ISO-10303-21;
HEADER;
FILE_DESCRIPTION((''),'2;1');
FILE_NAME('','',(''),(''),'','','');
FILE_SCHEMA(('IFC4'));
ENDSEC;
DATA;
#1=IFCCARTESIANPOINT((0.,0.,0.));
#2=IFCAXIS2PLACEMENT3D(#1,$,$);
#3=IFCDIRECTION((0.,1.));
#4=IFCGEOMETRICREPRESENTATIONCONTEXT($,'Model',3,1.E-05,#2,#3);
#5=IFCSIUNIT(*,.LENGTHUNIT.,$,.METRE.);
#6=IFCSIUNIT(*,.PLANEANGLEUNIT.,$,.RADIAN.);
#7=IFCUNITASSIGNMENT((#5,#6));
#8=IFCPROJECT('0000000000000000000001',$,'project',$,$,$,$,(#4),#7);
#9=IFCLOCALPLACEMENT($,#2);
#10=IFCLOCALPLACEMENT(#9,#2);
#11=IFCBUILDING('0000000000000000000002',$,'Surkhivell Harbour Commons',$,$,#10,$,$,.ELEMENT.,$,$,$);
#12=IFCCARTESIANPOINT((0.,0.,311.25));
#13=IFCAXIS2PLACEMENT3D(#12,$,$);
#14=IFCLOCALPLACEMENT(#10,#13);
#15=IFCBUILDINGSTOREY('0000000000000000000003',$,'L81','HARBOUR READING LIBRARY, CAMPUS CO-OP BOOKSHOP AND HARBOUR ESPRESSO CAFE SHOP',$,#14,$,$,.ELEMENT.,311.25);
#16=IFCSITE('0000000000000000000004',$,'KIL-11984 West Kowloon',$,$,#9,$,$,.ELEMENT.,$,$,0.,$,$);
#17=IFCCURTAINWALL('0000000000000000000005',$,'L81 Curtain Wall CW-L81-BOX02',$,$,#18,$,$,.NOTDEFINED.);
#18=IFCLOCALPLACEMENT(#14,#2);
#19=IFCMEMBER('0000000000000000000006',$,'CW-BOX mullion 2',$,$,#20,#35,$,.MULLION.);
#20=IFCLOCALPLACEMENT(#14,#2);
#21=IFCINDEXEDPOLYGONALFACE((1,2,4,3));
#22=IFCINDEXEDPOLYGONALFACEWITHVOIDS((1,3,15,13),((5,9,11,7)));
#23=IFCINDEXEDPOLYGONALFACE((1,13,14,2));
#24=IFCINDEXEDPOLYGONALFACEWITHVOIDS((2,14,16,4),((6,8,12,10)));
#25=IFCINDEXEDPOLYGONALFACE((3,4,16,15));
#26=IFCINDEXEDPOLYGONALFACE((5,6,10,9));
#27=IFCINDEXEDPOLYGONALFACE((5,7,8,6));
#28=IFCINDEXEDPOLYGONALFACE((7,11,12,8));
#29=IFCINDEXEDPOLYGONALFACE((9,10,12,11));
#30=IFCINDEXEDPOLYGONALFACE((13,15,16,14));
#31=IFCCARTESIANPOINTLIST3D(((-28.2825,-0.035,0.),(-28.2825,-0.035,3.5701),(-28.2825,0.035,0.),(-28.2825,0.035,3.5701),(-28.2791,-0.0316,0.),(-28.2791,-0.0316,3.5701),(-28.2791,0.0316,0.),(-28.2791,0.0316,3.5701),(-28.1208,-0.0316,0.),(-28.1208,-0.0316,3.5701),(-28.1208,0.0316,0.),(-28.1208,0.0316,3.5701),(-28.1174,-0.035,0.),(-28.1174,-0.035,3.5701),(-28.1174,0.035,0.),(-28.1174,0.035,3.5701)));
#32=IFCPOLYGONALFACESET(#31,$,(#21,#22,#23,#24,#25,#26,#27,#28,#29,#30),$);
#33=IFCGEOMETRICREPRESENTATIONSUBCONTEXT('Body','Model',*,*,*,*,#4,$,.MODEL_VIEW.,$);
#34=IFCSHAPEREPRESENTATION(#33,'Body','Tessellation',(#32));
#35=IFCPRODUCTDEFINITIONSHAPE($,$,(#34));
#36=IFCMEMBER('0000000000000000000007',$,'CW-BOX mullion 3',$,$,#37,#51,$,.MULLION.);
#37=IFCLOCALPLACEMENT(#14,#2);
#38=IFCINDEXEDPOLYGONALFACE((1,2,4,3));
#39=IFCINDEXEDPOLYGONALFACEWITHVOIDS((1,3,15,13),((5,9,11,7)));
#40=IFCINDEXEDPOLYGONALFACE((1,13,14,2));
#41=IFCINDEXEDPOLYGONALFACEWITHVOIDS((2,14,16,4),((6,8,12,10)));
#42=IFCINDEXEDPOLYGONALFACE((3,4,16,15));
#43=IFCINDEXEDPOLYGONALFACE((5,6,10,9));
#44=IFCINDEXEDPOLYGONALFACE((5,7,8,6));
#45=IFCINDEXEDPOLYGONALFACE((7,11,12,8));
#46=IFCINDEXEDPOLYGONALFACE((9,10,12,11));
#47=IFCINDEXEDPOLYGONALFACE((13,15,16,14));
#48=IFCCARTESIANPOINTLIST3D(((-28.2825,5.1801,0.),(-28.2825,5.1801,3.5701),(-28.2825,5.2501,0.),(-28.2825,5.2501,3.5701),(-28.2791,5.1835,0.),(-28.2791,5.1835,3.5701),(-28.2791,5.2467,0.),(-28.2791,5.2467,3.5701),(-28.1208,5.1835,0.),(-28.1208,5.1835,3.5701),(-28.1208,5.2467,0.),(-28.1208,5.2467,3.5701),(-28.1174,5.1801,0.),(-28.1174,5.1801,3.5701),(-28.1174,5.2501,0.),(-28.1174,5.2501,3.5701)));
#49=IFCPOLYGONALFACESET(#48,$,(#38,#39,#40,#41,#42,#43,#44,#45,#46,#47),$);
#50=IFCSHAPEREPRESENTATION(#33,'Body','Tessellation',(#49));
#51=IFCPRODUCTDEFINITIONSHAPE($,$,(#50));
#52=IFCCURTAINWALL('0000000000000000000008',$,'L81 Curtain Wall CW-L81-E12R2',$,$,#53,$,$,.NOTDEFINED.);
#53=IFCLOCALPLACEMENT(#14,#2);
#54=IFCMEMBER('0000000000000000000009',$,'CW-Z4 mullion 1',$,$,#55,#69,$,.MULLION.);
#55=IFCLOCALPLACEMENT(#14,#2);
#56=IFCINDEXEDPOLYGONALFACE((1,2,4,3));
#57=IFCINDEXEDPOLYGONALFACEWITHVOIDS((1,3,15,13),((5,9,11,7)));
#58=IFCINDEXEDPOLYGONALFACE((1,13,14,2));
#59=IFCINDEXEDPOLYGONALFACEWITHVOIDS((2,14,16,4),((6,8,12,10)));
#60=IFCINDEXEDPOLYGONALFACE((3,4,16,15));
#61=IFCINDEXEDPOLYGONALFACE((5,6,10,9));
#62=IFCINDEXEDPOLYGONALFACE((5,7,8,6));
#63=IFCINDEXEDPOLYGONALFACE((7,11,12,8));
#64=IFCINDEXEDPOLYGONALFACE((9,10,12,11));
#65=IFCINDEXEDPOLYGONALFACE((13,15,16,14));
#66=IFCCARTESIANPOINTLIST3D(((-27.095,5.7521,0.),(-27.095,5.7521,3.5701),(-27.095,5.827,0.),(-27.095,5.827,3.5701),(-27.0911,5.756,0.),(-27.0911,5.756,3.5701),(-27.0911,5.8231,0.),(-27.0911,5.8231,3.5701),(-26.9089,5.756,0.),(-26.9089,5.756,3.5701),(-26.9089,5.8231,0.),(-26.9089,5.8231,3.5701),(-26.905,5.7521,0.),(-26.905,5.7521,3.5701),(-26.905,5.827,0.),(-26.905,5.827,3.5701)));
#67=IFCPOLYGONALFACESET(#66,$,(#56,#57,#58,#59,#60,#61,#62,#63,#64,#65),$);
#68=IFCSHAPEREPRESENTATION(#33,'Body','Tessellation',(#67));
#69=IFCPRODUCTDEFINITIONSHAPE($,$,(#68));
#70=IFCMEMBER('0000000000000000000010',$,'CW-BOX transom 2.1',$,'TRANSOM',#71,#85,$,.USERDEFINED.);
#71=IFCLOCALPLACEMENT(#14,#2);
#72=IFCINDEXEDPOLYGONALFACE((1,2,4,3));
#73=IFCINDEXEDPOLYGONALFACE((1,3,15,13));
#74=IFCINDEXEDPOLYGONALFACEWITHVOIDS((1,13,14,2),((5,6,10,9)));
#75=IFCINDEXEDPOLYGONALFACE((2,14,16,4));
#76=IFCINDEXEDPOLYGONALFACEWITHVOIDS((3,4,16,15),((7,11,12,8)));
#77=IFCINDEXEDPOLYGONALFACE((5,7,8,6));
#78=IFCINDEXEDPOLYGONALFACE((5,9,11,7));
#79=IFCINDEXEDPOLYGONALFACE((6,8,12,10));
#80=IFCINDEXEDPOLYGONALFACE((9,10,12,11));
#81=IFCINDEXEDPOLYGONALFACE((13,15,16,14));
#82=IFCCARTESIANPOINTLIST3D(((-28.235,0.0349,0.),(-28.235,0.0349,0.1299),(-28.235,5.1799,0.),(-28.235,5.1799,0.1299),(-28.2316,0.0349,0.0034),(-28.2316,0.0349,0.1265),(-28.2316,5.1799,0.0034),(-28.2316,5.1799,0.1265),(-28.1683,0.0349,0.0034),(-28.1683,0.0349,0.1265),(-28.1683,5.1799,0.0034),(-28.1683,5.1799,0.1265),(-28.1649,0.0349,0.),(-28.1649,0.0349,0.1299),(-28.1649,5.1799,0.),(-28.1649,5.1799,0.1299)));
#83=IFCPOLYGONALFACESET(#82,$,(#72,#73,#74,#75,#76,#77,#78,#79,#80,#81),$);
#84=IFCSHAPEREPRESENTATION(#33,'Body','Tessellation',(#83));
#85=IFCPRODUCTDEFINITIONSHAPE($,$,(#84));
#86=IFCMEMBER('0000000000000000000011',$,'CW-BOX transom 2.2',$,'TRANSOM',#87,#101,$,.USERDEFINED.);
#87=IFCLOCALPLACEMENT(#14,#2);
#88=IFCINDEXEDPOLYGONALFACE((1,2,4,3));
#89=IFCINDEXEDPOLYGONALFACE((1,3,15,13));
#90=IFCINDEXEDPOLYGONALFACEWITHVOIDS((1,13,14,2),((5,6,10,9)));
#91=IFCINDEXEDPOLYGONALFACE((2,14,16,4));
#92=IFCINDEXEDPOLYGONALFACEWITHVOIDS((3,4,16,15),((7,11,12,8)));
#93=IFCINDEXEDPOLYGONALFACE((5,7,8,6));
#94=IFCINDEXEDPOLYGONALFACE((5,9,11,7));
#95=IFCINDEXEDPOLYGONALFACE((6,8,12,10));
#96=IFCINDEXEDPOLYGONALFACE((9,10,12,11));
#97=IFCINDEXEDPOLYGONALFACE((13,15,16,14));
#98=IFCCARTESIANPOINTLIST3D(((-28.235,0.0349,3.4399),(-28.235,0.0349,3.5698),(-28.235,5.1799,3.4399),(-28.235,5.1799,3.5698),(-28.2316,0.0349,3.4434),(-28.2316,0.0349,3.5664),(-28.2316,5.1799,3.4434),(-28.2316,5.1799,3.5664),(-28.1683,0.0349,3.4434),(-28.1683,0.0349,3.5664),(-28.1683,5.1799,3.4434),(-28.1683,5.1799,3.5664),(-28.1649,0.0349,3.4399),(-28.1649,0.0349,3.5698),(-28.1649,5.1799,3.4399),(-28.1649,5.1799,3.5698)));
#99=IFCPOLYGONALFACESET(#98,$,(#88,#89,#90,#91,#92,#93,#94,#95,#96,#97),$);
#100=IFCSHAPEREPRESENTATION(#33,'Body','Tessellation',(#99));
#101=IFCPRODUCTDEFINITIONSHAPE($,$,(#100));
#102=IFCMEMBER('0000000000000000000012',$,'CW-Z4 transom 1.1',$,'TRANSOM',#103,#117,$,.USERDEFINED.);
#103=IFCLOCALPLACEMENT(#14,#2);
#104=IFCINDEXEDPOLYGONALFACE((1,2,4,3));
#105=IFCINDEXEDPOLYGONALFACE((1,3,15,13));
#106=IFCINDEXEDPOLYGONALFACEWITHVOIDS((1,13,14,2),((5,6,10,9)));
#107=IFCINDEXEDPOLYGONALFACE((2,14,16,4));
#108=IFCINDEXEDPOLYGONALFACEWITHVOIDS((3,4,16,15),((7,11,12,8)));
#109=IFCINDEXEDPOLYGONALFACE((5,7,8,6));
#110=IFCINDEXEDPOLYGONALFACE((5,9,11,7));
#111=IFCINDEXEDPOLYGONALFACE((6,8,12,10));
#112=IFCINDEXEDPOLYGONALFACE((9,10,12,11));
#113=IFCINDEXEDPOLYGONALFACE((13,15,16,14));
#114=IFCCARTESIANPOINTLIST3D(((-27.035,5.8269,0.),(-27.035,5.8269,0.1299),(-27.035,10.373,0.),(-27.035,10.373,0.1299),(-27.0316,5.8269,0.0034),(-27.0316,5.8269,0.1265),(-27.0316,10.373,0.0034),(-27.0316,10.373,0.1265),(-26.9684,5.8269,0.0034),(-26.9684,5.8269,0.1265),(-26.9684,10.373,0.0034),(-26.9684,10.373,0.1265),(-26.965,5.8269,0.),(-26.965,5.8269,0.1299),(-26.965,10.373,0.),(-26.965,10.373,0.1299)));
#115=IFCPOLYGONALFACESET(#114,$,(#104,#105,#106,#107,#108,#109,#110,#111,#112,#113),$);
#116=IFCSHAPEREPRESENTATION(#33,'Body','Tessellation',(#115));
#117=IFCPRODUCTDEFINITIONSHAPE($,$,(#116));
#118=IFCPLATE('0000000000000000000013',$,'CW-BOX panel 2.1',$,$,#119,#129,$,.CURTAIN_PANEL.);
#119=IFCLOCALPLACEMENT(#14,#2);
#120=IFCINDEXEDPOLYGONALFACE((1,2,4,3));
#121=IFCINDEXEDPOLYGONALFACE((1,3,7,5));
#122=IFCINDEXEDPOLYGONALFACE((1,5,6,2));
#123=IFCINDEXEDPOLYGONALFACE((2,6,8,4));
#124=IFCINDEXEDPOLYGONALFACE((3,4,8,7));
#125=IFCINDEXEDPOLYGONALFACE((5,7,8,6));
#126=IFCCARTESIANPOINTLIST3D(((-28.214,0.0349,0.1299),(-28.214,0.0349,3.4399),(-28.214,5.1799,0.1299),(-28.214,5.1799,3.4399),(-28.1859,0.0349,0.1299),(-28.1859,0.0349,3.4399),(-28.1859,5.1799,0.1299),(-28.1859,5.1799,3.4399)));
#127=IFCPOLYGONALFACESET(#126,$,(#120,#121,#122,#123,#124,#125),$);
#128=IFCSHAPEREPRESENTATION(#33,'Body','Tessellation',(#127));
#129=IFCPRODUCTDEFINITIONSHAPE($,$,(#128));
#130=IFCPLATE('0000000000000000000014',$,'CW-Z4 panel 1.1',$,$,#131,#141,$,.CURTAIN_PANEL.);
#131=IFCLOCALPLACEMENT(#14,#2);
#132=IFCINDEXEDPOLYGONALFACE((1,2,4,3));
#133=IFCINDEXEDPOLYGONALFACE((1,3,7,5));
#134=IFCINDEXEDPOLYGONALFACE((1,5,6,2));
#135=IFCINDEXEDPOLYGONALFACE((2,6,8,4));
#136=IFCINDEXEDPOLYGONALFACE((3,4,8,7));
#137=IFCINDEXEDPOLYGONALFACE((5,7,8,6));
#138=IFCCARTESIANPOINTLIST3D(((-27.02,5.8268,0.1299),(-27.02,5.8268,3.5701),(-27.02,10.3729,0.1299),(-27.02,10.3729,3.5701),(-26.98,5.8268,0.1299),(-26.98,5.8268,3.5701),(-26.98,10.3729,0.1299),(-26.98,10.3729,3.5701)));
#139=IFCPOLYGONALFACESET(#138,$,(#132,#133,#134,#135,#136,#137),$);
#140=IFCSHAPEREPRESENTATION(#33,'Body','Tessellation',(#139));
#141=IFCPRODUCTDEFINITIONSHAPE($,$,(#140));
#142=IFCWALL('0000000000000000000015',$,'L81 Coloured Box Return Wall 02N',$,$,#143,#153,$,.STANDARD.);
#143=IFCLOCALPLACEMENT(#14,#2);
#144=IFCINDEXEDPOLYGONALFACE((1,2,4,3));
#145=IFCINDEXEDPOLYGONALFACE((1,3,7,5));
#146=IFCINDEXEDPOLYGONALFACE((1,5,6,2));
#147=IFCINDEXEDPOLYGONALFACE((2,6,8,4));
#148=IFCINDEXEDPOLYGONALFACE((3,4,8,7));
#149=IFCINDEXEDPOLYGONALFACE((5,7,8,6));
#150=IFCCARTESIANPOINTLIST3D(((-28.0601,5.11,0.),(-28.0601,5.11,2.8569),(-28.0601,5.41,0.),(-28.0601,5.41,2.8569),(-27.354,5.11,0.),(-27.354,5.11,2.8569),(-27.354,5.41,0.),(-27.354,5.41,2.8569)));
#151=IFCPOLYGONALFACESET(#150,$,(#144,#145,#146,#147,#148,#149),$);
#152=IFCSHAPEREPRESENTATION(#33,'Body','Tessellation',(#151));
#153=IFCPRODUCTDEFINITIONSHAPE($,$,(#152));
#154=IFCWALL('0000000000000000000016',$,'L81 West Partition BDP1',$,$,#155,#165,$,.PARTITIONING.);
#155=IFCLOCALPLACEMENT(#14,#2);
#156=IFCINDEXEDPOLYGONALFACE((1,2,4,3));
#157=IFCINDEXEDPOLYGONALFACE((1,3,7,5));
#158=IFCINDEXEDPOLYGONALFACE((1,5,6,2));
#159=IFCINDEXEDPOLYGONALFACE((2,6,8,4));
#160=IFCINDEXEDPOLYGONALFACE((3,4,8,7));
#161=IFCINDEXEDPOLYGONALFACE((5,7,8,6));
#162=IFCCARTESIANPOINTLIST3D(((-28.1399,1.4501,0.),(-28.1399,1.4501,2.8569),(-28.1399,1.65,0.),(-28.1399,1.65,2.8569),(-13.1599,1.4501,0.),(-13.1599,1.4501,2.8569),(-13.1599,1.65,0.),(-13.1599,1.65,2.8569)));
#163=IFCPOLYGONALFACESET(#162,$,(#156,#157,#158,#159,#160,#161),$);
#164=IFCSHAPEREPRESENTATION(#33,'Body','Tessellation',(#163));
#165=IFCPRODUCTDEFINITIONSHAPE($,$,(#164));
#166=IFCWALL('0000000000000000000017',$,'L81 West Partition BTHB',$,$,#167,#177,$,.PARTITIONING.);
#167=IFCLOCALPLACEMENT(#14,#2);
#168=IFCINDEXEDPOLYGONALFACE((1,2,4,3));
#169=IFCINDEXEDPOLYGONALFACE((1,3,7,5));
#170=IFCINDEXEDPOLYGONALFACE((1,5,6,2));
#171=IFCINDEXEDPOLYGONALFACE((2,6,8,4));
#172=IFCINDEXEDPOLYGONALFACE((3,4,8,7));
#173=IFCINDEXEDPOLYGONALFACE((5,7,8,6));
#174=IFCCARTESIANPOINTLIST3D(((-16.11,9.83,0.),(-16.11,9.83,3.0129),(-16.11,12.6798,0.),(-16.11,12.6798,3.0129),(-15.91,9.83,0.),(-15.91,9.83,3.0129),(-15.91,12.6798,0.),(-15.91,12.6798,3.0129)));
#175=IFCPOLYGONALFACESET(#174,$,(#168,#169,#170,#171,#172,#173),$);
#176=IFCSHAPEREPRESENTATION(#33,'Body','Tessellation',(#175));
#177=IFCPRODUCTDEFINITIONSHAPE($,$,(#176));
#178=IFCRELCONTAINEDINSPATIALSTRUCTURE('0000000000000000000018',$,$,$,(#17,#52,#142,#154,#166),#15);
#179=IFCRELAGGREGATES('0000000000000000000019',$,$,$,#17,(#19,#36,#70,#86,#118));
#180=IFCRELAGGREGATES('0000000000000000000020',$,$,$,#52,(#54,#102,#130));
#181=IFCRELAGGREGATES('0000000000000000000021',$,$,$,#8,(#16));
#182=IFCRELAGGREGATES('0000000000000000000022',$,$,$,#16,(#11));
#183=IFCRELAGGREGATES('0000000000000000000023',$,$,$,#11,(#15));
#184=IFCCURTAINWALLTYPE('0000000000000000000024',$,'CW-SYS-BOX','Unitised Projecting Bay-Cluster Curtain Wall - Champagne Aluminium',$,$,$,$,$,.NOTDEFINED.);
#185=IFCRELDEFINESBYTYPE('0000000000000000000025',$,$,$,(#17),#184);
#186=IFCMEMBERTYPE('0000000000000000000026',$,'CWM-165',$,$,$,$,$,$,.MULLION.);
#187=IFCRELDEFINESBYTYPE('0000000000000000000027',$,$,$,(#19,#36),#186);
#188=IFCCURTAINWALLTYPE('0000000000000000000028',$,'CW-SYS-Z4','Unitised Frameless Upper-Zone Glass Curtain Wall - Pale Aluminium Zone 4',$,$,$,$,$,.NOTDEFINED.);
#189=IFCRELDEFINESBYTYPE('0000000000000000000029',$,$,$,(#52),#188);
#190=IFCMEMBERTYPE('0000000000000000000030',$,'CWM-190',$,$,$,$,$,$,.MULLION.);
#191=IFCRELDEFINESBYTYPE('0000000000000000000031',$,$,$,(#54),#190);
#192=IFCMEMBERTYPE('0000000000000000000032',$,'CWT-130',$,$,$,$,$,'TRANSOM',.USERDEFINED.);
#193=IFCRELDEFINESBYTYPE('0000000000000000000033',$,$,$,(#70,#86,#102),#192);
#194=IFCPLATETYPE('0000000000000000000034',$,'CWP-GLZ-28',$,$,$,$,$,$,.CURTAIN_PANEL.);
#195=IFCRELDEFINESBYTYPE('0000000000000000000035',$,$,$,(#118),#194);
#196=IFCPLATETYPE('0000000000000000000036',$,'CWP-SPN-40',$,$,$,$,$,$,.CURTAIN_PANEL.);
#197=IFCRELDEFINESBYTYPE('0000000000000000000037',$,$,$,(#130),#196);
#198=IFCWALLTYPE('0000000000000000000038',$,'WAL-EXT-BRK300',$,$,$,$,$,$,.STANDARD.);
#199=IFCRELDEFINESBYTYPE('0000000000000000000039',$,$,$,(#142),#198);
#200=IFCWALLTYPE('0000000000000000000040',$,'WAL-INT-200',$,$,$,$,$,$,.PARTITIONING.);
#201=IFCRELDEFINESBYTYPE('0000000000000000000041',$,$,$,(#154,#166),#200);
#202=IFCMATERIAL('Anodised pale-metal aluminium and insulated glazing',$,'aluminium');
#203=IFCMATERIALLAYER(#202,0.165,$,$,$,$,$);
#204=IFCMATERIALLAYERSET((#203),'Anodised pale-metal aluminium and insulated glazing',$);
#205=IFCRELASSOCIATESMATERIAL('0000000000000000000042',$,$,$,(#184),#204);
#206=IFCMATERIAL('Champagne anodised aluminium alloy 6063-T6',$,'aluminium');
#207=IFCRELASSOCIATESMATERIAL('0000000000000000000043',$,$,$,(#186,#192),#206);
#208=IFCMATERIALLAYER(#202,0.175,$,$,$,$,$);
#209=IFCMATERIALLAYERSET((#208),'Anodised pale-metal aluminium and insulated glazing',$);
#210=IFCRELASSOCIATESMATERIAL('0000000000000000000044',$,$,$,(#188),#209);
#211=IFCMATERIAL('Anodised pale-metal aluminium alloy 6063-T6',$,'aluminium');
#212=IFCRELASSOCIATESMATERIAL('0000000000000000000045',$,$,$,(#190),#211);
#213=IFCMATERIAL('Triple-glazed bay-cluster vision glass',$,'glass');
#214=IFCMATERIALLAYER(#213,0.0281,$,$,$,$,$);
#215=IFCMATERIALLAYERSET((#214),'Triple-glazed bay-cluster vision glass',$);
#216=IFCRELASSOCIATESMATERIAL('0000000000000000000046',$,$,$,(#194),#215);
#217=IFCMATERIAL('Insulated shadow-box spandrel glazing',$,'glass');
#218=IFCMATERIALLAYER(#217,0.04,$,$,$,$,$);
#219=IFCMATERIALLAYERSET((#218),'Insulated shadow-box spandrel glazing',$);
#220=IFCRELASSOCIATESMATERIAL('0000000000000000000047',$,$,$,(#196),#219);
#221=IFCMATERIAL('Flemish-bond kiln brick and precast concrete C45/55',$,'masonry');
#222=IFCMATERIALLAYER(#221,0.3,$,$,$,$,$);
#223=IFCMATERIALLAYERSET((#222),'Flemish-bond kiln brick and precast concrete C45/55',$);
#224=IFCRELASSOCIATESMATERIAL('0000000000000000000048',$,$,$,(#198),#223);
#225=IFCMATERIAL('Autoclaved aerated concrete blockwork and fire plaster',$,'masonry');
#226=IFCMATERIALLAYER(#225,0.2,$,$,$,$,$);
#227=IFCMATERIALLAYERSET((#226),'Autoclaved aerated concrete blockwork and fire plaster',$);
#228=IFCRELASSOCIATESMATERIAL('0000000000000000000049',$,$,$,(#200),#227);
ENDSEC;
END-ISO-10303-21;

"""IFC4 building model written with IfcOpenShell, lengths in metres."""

from ifc_helpers import new_model, si_unit, direction, frame, frame_2d, origin, origin_2d, place, context, subcontext, project, spatial, rectangle, hollow_rectangle, extrude, material, layer, layer_set, material_profile, profile_set, type_object, element, aggregate, save


model = new_model("IFC4")

# Units and contexts
model_context = context("Model", 3, precision=1e-05, world=origin(), true_north=direction((0.0, 1.0)))
body_context = subcontext(model_context, "Body", "Model", "MODEL_VIEW")
ifc_project = project(units=[si_unit("LENGTHUNIT", "METRE"), si_unit("PLANEANGLEUNIT", "RADIAN")], contexts=[model_context])

# Site, building, storey
site_placement = place(None, origin())
site = spatial("IfcSite", under=ifc_project, at=site_placement, Name="KIL-11984 West Kowloon", CompositionType="ELEMENT", RefElevation=0.0)
building_placement = place(site_placement, origin())
building = spatial("IfcBuilding", under=site, at=building_placement, Name="Surkhivell Harbour Commons", CompositionType="ELEMENT")
storey_placement = place(building_placement, frame((0.0, 0.0, 311.25)))
storey = spatial("IfcBuildingStorey", under=building, at=storey_placement, Name="L81", Description="HARBOUR READING LIBRARY, CAMPUS CO-OP BOOKSHOP AND HARBOUR ESPRESSO CAFE SHOP", CompositionType="ELEMENT", Elevation=311.25)

# Curtain wall, members
ifc_material_1 = material(Name="Anodised pale-metal aluminium and insulated glazing", Category="aluminium")
ifc_layer_1 = layer(ifc_material_1, 0.165)
ifc_layer_set_1 = layer_set([ifc_layer_1], Name="Anodised pale-metal aluminium and insulated glazing")
curtain_wall_type_1 = type_object("IfcCurtainWallType", Name="CW-SYS-BOX", Description="Unitised Projecting Bay-Cluster Curtain Wall - Champagne Aluminium", PredefinedType="NOTDEFINED", material=ifc_layer_set_1)
curtain_wall_1_placement = place(storey_placement, origin())
curtain_wall_1 = element("IfcCurtainWall", 1, at=curtain_wall_1_placement, inside=storey, type_object=curtain_wall_type_1, Name="L81 Curtain Wall CW-L81-BOX02", PredefinedType="NOTDEFINED")
ifc_material_2 = material(Name="Champagne anodised aluminium alloy 6063-T6", Category="aluminium")
ifc_material_profile_1 = material_profile(ifc_material_2, hollow_rectangle(XDim=0.0701, YDim=0.165, WallThickness=0.0034, at=origin_2d()), Name="ALU-MULL-70x165")
ifc_profile_set_1 = profile_set([ifc_material_profile_1], Name="Champagne anodised aluminium alloy 6063-T6")
member_type_1 = type_object("IfcMemberType", Name="CWM-165", PredefinedType="MULLION", material=ifc_profile_set_1)
member_1_placement = place(storey_placement, frame((-28.2, 0.0, 0.0), z_axis=(0.0, 0.0, 1.0), x_axis=(0.0, 1.0, 0.0)))
member_1 = element("IfcMember", 2, at=member_1_placement, type_object=member_type_1, Name="CW-BOX mullion 2", PredefinedType="MULLION", context=body_context, shape_type="SweptSolid", body=[
    extrude(hollow_rectangle(XDim=0.0701, YDim=0.165, WallThickness=0.0034, at=origin_2d()), origin(), (0.0, 0.0, 1.0), 3.5701),
])
member_2_placement = place(storey_placement, frame((-28.2, 5.2151, 0.0), z_axis=(0.0, 0.0, 1.0), x_axis=(0.0, 1.0, 0.0)))
member_2 = element("IfcMember", 3, at=member_2_placement, type_object=member_type_1, Name="CW-BOX mullion 3", PredefinedType="MULLION", context=body_context, shape_type="SweptSolid", body=[
    extrude(hollow_rectangle(XDim=0.0701, YDim=0.165, WallThickness=0.0034, at=origin_2d()), origin(), (0.0, 0.0, 1.0), 3.5701),
])

# Curtain wall, member
ifc_layer_2 = layer(ifc_material_1, 0.175)
ifc_layer_set_2 = layer_set([ifc_layer_2], Name="Anodised pale-metal aluminium and insulated glazing")
curtain_wall_type_2 = type_object("IfcCurtainWallType", Name="CW-SYS-Z4", Description="Unitised Frameless Upper-Zone Glass Curtain Wall - Pale Aluminium Zone 4", PredefinedType="NOTDEFINED", material=ifc_layer_set_2)
curtain_wall_2_placement = place(storey_placement, origin())
curtain_wall_2 = element("IfcCurtainWall", 4, at=curtain_wall_2_placement, inside=storey, type_object=curtain_wall_type_2, Name="L81 Curtain Wall CW-L81-E12R2", PredefinedType="NOTDEFINED")
ifc_material_3 = material(Name="Anodised pale-metal aluminium alloy 6063-T6", Category="aluminium")
ifc_material_profile_2 = material_profile(ifc_material_3, hollow_rectangle(XDim=0.075, YDim=0.1899, WallThickness=0.0039, at=origin_2d()), Name="ALU-MULL-75x190")
ifc_profile_set_2 = profile_set([ifc_material_profile_2], Name="Anodised pale-metal aluminium alloy 6063-T6")
member_type_2 = type_object("IfcMemberType", Name="CWM-190", PredefinedType="MULLION", material=ifc_profile_set_2)
member_3_placement = place(storey_placement, frame((-27.0, 5.7896, 0.0), z_axis=(0.0, 0.0, 1.0), x_axis=(0.0, 1.0, 0.0)))
member_3 = element("IfcMember", 5, at=member_3_placement, type_object=member_type_2, Name="CW-Z4 mullion 1", PredefinedType="MULLION", context=body_context, shape_type="SweptSolid", body=[
    extrude(hollow_rectangle(XDim=0.075, YDim=0.1899, WallThickness=0.0039, at=origin_2d()), origin(), (0.0, 0.0, 1.0), 3.5701),
])

# Members
ifc_material_profile_3 = material_profile(ifc_material_2, hollow_rectangle(XDim=0.0701, YDim=0.1299, WallThickness=0.0034, at=origin_2d()), Name="ALU-TRAN-70x130")
ifc_profile_set_3 = profile_set([ifc_material_profile_3], Name="Champagne anodised aluminium alloy 6063-T6")
member_type_3 = type_object("IfcMemberType", Name="CWT-130", ElementType="TRANSOM", PredefinedType="USERDEFINED", material=ifc_profile_set_3)
member_4_placement = place(storey_placement, frame((-28.2, 0.0349, 0.0649), z_axis=(0.0, 1.0, 0.0), x_axis=(-1.0, 0.0, 0.0)))
member_4 = element("IfcMember", 6, at=member_4_placement, type_object=member_type_3, Name="CW-BOX transom 2.1", ObjectType="TRANSOM", PredefinedType="USERDEFINED", context=body_context, shape_type="SweptSolid", body=[
    extrude(hollow_rectangle(XDim=0.0701, YDim=0.1299, WallThickness=0.0034, at=origin_2d()), origin(), (0.0, 0.0, 1.0), 5.145),
])
member_5_placement = place(storey_placement, frame((-28.2, 0.0349, 3.5049), z_axis=(0.0, 1.0, 0.0), x_axis=(-1.0, 0.0, 0.0)))
member_5 = element("IfcMember", 7, at=member_5_placement, type_object=member_type_3, Name="CW-BOX transom 2.2", ObjectType="TRANSOM", PredefinedType="USERDEFINED", context=body_context, shape_type="SweptSolid", body=[
    extrude(hollow_rectangle(XDim=0.0701, YDim=0.1299, WallThickness=0.0034, at=origin_2d()), origin(), (0.0, 0.0, 1.0), 5.145),
])
member_6_placement = place(storey_placement, frame((-27.0, 5.8269, 0.0649), z_axis=(0.0, 1.0, 0.0), x_axis=(-1.0, 0.0, 0.0)))
member_6 = element("IfcMember", 8, at=member_6_placement, type_object=member_type_3, Name="CW-Z4 transom 1.1", ObjectType="TRANSOM", PredefinedType="USERDEFINED", context=body_context, shape_type="SweptSolid", body=[
    extrude(hollow_rectangle(XDim=0.0701, YDim=0.1299, WallThickness=0.0034, at=origin_2d()), origin(), (0.0, 0.0, 1.0), 4.5461),
])

# Plates
ifc_material_4 = material(Name="Triple-glazed bay-cluster vision glass", Category="glass")
ifc_layer_3 = layer(ifc_material_4, 0.0281)
ifc_layer_set_3 = layer_set([ifc_layer_3], Name="Triple-glazed bay-cluster vision glass")
plate_type_1 = type_object("IfcPlateType", Name="CWP-GLZ-28", PredefinedType="CURTAIN_PANEL", material=ifc_layer_set_3)
plate_1_placement = place(storey_placement, frame((-28.2, 0.0349, 0.1299), z_axis=(0.0, 0.0, 1.0), x_axis=(0.0, 1.0, 0.0)))
plate_1 = element("IfcPlate", 9, at=plate_1_placement, type_object=plate_type_1, Name="CW-BOX panel 2.1", PredefinedType="CURTAIN_PANEL", context=body_context, shape_type="SweptSolid", body=[
    extrude(rectangle(XDim=5.145, YDim=0.0281, at=frame_2d((2.5725, 0.0))), origin(), (0.0, 0.0, 1.0), 3.3101),
])
aggregate(curtain_wall_1, [member_1, member_2, member_4, member_5, plate_1])
ifc_material_5 = material(Name="Insulated shadow-box spandrel glazing", Category="glass")
ifc_layer_4 = layer(ifc_material_5, 0.04)
ifc_layer_set_4 = layer_set([ifc_layer_4], Name="Insulated shadow-box spandrel glazing")
plate_type_2 = type_object("IfcPlateType", Name="CWP-SPN-40", PredefinedType="CURTAIN_PANEL", material=ifc_layer_set_4)
plate_2_placement = place(storey_placement, frame((-27.0, 5.8269, 0.1299), z_axis=(0.0, 0.0, 1.0), x_axis=(0.0, 1.0, 0.0)))
plate_2 = element("IfcPlate", 10, at=plate_2_placement, type_object=plate_type_2, Name="CW-Z4 panel 1.1", PredefinedType="CURTAIN_PANEL", context=body_context, shape_type="SweptSolid", body=[
    extrude(rectangle(XDim=4.5461, YDim=0.04, at=frame_2d((2.2729, 0.0))), origin(), (0.0, 0.0, 1.0), 3.4402),
])
aggregate(curtain_wall_2, [member_3, member_6, plate_2])

# Walls
ifc_material_6 = material(Name="Flemish-bond kiln brick and precast concrete C45/55", Category="masonry")
ifc_layer_5 = layer(ifc_material_6, 0.3)
ifc_layer_set_5 = layer_set([ifc_layer_5], Name="Flemish-bond kiln brick and precast concrete C45/55")
wall_type_1 = type_object("IfcWallType", Name="WAL-EXT-BRK300", PredefinedType="STANDARD", material=ifc_layer_set_5)
wall_1_placement = place(storey_placement, frame((-28.0601, 5.26, 0.0), z_axis=(0.0, 0.0, 1.0), x_axis=(1.0, 0.0, 0.0)))
element("IfcWall", 11, at=wall_1_placement, inside=storey, type_object=wall_type_1, Name="L81 Coloured Box Return Wall 02N", PredefinedType="STANDARD", context=body_context, shape_type="SweptSolid", body=[
    extrude(rectangle(XDim=0.7061, YDim=0.3, at=frame_2d((0.353, 0.0))), origin(), (0.0, 0.0, 1.0), 2.8569),
])
ifc_material_7 = material(Name="Autoclaved aerated concrete blockwork and fire plaster", Category="masonry")
ifc_layer_6 = layer(ifc_material_7, 0.2)
ifc_layer_set_6 = layer_set([ifc_layer_6], Name="Autoclaved aerated concrete blockwork and fire plaster")
wall_type_2 = type_object("IfcWallType", Name="WAL-INT-200", PredefinedType="PARTITIONING", material=ifc_layer_set_6)
wall_2_placement = place(storey_placement, frame((-28.1399, 1.55, 0.0), z_axis=(0.0, 0.0, 1.0), x_axis=(1.0, 0.0, 0.0)))
element("IfcWall", 12, at=wall_2_placement, inside=storey, type_object=wall_type_2, Name="L81 West Partition BDP1", PredefinedType="PARTITIONING", context=body_context, shape_type="SweptSolid", body=[
    extrude(rectangle(XDim=14.98, YDim=0.2, at=frame_2d((7.49, 0.0))), origin(), (0.0, 0.0, 1.0), 2.8569),
])
wall_3_placement = place(storey_placement, frame((-16.01, 9.8301, 0.0), z_axis=(0.0, 0.0, 1.0), x_axis=(0.0, 1.0, 0.0)))
element("IfcWall", 13, at=wall_3_placement, inside=storey, type_object=wall_type_2, Name="L81 West Partition BTHB", PredefinedType="PARTITIONING", context=body_context, shape_type="SweptSolid", body=[
    extrude(rectangle(XDim=2.8499, YDim=0.2, at=frame_2d((1.4248, 0.0))), origin(), (0.0, 0.0, 1.0), 3.0129),
])

save(model, "model.ifc")
